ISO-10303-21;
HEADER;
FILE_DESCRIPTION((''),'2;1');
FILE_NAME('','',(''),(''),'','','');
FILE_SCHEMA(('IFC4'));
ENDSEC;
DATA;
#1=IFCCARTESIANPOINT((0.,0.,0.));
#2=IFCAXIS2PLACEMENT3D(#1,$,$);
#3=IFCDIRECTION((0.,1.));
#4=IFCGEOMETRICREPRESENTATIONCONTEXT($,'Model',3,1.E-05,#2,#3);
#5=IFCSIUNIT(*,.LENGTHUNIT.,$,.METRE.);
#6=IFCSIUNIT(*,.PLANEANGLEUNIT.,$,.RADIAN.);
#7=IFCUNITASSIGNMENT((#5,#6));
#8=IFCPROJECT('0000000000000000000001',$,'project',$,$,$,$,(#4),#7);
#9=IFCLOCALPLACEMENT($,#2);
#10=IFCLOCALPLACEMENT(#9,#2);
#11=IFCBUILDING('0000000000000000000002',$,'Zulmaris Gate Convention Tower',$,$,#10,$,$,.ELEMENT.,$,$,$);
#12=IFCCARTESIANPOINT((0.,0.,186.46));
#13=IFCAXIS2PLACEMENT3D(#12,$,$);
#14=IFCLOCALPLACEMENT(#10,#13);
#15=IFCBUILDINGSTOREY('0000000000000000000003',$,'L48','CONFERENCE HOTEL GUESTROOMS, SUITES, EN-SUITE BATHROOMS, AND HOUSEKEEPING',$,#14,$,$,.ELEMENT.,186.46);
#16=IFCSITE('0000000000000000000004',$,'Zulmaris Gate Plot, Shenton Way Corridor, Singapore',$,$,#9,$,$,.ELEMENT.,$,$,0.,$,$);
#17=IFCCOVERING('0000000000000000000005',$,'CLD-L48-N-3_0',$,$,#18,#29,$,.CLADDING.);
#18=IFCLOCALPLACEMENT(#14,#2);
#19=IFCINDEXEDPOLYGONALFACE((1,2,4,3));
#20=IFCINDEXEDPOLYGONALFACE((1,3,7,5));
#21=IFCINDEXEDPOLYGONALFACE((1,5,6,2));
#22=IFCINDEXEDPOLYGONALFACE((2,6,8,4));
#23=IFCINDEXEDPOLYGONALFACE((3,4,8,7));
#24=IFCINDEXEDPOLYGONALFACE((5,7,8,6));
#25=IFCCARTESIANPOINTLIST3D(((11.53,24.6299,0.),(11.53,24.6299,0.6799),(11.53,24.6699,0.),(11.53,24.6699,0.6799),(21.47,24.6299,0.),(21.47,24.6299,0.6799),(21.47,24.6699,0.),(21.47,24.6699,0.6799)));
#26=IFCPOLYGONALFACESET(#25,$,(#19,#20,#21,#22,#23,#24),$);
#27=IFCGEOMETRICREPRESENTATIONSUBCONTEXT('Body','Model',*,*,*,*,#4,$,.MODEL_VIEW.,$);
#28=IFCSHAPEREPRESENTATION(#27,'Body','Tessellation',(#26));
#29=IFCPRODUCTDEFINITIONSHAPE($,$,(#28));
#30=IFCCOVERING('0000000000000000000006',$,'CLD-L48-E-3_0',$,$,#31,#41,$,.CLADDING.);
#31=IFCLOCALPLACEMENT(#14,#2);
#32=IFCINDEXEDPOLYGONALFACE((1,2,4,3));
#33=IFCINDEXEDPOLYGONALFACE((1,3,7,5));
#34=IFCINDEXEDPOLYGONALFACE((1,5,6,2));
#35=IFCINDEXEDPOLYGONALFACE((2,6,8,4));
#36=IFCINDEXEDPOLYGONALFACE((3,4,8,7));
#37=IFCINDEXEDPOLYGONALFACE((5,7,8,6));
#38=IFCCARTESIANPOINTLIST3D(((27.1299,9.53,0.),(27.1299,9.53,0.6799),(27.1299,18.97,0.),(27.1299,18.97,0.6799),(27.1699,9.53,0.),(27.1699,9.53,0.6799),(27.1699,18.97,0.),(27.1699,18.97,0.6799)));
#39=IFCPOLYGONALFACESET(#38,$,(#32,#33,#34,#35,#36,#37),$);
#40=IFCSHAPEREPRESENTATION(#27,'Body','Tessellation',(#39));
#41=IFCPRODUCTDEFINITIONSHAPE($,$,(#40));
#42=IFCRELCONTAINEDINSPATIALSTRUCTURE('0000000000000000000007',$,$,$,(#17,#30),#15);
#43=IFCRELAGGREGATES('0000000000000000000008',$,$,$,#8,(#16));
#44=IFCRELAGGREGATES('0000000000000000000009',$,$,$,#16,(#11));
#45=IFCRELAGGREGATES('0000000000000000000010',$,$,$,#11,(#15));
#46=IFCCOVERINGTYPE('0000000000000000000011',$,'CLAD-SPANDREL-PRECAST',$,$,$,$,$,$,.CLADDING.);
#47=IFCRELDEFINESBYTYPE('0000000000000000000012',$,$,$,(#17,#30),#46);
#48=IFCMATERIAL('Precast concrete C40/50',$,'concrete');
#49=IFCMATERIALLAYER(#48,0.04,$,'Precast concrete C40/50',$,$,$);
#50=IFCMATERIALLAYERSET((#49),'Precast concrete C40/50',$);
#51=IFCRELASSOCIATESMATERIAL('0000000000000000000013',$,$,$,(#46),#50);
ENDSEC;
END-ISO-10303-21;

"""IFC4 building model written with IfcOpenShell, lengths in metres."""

from ifc_helpers import new_model, si_unit, direction, frame, frame_2d, origin, place, context, subcontext, project, spatial, rectangle, extrude, material, layer, layer_set, type_object, element, save


model = new_model("IFC4")

# Units and contexts
model_context = context("Model", 3, precision=1e-05, world=origin(), true_north=direction((0.0, 1.0)))
body_context = subcontext(model_context, "Body", "Model", "MODEL_VIEW")
ifc_project = project(units=[si_unit("LENGTHUNIT", "METRE"), si_unit("PLANEANGLEUNIT", "RADIAN")], contexts=[model_context])

# Site, building, storey
site_placement = place(None, origin())
site = spatial("IfcSite", under=ifc_project, at=site_placement, Name="Zulmaris Gate Plot, Shenton Way Corridor, Singapore", CompositionType="ELEMENT", RefElevation=0.0)
building_placement = place(site_placement, origin())
building = spatial("IfcBuilding", under=site, at=building_placement, Name="Zulmaris Gate Convention Tower", CompositionType="ELEMENT")
storey_placement = place(building_placement, frame((0.0, 0.0, 186.46)))
storey = spatial("IfcBuildingStorey", under=building, at=storey_placement, Name="L48", Description="CONFERENCE HOTEL GUESTROOMS, SUITES, EN-SUITE BATHROOMS, AND HOUSEKEEPING", CompositionType="ELEMENT", Elevation=186.46)

# Shared definitions
ifc_material_1 = material(Name="Precast concrete C40/50", Category="concrete")

# Coverings
ifc_layer_1 = layer(ifc_material_1, 0.04, Name="Precast concrete C40/50")
ifc_layer_set_1 = layer_set([ifc_layer_1], Name="Precast concrete C40/50")
covering_type = type_object("IfcCoveringType", Name="CLAD-SPANDREL-PRECAST", PredefinedType="CLADDING", material=ifc_layer_set_1)
covering_1_placement = place(storey_placement, frame((21.47, 24.6499, 0.0), z_axis=(0.0, 0.0, 1.0), x_axis=(-1.0, 0.0, 0.0)))
element("IfcCovering", 1, at=covering_1_placement, inside=storey, type_object=covering_type, Name="CLD-L48-N-3_0", PredefinedType="CLADDING", context=body_context, shape_type="SweptSolid", body=[
    extrude(rectangle(XDim=9.9399, YDim=0.04, at=frame_2d((4.97, 0.0))), origin(), (0.0, 0.0, 1.0), 0.6799),
])
covering_2_placement = place(storey_placement, frame((27.1499, 9.53, 0.0), z_axis=(0.0, 0.0, 1.0), x_axis=(0.0, 1.0, 0.0)))
element("IfcCovering", 2, at=covering_2_placement, inside=storey, type_object=covering_type, Name="CLD-L48-E-3_0", PredefinedType="CLADDING", context=body_context, shape_type="SweptSolid", body=[
    extrude(rectangle(XDim=9.4399, YDim=0.04, at=frame_2d((4.72, 0.0))), origin(), (0.0, 0.0, 1.0), 0.6799),
])

save(model, "model.ifc")
